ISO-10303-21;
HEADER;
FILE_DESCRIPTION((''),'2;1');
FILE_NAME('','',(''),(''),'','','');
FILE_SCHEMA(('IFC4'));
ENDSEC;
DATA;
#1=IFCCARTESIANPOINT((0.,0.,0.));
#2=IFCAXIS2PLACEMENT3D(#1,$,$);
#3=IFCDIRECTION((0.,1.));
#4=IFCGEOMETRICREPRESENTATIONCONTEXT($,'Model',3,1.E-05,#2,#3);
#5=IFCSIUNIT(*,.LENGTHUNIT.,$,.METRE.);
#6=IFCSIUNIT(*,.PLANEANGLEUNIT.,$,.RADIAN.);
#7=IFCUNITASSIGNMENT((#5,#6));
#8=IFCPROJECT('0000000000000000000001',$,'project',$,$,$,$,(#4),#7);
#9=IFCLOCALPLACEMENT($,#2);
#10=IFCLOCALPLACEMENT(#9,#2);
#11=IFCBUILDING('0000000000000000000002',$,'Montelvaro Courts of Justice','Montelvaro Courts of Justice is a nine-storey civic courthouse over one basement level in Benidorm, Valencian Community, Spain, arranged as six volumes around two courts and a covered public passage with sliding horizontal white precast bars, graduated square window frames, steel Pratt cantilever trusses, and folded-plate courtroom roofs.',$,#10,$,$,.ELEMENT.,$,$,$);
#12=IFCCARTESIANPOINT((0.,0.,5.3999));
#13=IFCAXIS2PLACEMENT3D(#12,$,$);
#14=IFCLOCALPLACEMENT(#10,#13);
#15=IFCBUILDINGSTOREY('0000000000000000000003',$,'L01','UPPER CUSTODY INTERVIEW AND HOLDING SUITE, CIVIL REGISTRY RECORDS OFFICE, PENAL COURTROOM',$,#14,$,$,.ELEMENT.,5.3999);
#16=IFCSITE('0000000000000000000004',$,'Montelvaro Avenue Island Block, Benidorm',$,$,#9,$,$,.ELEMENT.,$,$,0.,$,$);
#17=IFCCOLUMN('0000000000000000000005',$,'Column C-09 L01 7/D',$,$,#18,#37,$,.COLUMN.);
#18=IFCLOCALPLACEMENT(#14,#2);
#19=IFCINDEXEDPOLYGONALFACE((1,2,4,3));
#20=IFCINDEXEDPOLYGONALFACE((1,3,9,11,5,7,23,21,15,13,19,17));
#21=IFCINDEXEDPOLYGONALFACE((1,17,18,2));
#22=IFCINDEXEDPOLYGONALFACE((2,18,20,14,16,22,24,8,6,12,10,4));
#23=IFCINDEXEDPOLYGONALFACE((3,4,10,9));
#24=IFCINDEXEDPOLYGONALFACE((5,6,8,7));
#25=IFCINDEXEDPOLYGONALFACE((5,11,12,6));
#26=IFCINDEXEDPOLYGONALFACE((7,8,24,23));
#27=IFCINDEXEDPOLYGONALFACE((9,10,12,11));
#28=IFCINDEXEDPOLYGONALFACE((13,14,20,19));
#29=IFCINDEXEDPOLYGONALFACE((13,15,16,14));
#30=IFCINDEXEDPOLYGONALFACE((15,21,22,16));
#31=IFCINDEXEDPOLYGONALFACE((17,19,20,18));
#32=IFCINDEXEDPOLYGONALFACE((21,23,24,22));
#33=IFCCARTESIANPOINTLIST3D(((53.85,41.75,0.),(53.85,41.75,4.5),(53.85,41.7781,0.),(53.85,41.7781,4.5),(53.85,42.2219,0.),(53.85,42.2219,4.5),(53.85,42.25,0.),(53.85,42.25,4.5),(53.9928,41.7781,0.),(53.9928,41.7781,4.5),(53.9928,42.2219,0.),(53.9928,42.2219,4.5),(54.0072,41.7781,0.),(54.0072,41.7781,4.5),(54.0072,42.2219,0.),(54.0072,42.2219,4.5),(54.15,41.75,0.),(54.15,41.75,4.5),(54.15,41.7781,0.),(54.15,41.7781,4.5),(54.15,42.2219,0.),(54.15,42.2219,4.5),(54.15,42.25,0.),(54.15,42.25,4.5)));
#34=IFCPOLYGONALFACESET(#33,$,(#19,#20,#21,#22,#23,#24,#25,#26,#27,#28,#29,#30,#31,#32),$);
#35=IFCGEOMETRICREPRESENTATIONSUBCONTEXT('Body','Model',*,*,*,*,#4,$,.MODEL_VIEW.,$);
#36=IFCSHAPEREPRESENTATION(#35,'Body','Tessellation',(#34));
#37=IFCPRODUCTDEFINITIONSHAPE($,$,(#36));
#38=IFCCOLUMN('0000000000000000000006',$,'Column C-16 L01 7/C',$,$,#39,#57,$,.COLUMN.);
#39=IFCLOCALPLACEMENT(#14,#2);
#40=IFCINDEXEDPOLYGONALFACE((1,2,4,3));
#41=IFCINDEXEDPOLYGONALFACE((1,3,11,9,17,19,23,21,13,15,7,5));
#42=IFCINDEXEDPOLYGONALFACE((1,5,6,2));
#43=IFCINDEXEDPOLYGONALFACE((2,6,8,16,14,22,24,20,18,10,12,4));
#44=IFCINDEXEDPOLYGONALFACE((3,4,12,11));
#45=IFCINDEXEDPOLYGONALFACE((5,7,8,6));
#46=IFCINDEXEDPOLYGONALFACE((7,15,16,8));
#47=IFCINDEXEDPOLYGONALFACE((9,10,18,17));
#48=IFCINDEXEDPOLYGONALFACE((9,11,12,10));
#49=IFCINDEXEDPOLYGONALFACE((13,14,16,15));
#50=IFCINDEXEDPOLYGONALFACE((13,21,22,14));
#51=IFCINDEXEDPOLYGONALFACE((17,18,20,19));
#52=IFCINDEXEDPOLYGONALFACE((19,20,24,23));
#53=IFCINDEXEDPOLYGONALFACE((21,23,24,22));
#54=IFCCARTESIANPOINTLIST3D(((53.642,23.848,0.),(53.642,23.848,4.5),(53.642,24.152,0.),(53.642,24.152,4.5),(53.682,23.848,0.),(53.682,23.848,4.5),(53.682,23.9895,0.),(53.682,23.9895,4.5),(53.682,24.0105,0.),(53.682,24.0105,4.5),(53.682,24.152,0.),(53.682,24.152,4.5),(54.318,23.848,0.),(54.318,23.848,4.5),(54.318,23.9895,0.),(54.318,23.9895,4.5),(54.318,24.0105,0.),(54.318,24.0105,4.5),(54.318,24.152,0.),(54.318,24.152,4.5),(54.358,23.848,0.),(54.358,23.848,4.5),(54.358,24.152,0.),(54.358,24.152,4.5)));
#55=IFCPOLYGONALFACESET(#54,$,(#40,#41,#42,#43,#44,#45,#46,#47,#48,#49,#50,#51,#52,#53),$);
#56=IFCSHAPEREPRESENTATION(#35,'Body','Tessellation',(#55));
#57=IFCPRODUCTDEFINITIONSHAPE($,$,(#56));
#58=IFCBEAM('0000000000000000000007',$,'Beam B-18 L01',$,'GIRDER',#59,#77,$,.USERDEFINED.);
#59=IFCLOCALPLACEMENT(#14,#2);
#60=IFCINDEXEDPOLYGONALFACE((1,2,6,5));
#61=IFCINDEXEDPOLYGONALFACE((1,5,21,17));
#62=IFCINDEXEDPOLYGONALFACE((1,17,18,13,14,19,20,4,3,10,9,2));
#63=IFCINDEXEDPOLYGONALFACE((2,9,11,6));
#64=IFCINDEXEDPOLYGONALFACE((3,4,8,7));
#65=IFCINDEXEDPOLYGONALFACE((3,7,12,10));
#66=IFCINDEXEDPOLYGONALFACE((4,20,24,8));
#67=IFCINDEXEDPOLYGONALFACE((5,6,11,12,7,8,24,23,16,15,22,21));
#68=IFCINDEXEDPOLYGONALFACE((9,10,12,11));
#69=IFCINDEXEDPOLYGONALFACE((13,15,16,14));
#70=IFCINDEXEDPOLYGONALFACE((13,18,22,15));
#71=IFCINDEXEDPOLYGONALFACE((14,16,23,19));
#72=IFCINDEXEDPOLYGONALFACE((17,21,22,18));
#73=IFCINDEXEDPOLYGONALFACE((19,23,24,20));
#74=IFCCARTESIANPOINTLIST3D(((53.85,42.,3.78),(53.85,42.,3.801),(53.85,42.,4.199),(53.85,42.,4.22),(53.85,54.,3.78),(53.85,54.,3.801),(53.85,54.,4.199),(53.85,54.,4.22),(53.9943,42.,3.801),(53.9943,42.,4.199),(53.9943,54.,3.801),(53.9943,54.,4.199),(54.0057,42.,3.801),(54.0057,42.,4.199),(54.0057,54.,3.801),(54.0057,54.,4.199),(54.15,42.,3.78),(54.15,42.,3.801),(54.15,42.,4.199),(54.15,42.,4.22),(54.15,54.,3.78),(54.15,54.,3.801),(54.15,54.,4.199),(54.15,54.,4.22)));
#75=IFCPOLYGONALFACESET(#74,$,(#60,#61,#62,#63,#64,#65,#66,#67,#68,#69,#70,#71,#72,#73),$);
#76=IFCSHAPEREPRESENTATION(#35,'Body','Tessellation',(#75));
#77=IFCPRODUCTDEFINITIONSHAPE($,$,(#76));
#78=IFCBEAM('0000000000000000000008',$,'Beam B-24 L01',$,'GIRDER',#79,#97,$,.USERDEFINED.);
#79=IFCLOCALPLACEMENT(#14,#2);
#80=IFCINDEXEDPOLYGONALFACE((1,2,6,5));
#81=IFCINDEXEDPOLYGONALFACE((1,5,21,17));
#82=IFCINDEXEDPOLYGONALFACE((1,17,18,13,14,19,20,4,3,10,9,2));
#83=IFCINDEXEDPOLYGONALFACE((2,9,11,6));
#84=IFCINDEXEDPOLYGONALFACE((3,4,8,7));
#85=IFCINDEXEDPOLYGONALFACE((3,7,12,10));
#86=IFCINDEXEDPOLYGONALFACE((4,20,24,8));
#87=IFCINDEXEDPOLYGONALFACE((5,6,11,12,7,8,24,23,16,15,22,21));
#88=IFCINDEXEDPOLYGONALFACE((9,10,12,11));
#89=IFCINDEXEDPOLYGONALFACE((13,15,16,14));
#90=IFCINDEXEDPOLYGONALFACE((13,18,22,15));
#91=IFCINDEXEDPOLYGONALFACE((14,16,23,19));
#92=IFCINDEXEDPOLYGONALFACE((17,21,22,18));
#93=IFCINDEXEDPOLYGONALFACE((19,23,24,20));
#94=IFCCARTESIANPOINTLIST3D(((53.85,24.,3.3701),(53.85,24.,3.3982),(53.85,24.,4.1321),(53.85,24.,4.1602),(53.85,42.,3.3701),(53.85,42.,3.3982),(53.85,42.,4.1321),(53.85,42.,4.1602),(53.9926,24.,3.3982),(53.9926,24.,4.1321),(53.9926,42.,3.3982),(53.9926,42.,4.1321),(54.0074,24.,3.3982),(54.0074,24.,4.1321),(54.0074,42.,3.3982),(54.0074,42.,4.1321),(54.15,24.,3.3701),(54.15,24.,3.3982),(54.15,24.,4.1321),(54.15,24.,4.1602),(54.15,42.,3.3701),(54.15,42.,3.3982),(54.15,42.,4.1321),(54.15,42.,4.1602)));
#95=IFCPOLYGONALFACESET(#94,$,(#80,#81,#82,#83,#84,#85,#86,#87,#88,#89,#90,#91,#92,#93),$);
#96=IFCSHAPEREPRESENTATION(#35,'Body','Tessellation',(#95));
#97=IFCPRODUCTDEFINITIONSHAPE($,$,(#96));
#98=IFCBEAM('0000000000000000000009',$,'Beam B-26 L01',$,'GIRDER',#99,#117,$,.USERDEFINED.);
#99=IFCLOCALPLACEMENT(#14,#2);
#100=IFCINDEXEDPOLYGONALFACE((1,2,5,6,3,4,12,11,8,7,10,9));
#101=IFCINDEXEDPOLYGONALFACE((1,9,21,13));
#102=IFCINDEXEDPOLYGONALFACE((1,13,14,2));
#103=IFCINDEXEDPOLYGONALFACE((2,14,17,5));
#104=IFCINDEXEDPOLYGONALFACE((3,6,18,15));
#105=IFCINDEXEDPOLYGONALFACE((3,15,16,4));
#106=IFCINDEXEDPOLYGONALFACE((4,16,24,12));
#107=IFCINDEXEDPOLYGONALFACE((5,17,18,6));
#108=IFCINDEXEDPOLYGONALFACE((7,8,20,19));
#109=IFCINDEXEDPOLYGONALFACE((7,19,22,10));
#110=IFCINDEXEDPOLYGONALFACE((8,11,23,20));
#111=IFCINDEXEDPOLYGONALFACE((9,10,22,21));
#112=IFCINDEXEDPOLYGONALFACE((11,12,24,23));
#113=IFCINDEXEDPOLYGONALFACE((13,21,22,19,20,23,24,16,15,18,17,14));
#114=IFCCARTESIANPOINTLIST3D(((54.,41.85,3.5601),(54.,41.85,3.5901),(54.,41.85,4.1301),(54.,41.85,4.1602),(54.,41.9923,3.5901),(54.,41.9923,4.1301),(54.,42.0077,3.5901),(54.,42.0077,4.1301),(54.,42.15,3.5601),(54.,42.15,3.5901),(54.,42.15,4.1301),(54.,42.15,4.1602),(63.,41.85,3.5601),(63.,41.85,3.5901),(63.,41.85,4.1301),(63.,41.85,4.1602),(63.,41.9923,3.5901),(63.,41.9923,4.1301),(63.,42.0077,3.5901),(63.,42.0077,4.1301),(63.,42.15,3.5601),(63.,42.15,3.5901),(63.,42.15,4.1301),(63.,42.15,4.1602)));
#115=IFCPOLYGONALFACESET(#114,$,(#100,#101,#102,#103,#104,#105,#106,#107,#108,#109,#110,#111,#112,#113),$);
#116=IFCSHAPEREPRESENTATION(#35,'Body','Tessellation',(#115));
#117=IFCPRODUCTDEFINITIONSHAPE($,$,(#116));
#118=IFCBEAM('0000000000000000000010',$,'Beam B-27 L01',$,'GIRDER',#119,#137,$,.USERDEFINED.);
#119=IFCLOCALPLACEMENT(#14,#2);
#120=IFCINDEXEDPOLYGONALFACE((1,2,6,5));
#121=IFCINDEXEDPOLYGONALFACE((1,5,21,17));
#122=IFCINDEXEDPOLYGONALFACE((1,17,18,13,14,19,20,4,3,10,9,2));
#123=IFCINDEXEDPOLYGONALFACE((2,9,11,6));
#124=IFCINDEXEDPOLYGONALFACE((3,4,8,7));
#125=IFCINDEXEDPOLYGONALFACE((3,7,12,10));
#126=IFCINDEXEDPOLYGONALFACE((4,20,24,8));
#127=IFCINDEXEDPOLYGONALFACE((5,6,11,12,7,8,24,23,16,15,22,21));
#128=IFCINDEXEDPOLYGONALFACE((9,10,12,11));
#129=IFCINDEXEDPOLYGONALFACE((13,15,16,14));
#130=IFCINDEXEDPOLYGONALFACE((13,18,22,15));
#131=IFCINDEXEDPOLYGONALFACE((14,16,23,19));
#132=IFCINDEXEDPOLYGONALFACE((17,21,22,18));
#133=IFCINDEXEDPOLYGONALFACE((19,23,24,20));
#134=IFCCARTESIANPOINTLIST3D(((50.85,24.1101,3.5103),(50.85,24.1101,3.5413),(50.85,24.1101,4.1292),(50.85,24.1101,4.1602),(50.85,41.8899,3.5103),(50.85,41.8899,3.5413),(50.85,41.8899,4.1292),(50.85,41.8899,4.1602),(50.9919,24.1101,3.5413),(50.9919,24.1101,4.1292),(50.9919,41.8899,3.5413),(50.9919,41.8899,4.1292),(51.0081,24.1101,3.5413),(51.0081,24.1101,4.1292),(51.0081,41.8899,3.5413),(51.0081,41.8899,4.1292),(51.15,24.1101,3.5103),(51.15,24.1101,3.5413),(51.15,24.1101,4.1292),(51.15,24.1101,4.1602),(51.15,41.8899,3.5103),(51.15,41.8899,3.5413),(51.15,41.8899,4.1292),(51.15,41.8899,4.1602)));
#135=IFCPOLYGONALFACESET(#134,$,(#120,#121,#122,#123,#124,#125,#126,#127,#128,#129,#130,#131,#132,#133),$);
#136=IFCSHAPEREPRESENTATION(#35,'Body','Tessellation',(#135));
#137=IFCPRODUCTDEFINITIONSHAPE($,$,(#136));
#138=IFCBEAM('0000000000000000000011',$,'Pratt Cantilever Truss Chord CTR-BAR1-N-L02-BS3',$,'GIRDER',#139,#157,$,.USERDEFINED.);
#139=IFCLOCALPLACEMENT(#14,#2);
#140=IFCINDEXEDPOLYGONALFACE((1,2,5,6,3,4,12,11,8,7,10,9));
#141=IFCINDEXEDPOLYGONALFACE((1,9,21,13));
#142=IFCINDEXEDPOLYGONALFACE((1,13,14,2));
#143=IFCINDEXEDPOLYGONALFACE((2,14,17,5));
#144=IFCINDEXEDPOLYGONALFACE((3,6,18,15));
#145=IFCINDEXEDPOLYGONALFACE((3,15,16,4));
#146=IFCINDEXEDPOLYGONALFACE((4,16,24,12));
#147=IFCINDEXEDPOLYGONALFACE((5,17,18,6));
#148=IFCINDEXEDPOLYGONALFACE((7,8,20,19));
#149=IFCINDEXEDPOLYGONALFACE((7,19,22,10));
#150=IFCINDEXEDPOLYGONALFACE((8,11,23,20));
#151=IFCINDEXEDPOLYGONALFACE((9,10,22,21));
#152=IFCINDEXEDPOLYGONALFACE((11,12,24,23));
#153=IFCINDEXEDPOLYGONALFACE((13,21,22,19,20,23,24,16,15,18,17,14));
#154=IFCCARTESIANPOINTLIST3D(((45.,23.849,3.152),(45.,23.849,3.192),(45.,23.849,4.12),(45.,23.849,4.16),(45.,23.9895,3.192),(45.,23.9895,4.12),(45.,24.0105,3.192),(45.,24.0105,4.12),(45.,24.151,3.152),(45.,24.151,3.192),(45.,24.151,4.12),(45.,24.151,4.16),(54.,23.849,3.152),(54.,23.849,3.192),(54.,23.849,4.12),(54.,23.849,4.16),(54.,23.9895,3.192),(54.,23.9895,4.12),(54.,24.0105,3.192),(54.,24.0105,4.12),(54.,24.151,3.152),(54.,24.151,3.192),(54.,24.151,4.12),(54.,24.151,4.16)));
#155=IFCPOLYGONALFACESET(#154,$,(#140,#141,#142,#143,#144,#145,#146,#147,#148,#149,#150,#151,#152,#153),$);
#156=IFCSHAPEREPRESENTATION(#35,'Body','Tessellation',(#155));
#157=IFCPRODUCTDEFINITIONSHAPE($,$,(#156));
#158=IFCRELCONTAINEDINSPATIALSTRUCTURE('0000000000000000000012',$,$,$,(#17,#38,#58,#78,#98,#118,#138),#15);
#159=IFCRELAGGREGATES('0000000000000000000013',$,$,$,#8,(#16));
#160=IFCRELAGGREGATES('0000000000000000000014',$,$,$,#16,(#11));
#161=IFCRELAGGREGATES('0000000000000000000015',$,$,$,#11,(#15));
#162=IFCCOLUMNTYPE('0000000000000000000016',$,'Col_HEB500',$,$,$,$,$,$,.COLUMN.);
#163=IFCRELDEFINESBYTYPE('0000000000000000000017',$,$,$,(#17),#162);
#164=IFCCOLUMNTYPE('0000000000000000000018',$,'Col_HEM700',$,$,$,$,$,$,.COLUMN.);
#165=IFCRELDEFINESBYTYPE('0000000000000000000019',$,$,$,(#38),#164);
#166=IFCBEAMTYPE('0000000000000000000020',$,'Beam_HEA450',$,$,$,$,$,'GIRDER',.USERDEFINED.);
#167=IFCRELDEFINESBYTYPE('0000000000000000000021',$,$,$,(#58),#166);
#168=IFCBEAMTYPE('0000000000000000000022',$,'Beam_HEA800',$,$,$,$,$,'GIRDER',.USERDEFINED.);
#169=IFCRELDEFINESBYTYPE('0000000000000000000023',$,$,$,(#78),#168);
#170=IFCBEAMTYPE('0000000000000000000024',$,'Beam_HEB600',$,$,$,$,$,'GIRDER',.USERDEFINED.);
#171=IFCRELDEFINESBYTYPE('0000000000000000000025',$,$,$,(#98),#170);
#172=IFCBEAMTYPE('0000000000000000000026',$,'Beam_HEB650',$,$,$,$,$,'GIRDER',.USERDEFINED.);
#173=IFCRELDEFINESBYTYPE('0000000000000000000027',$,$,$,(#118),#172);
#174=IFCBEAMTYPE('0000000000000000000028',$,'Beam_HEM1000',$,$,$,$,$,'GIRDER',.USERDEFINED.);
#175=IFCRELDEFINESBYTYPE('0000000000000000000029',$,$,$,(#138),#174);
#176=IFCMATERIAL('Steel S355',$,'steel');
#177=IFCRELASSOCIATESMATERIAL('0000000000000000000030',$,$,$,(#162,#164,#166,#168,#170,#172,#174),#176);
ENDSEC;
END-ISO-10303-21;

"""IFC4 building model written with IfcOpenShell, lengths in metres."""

from ifc_helpers import new_model, si_unit, direction, frame, origin, origin_2d, place, context, subcontext, project, spatial, i_section, extrude, material, material_profile, profile_set, type_object, element, save


model = new_model("IFC4")

# Units and contexts
model_context = context("Model", 3, precision=1e-05, world=origin(), true_north=direction((0.0, 1.0)))
body_context = subcontext(model_context, "Body", "Model", "MODEL_VIEW")
ifc_project = project(units=[si_unit("LENGTHUNIT", "METRE"), si_unit("PLANEANGLEUNIT", "RADIAN")], contexts=[model_context])

# Site, building, storey
site_placement = place(None, origin())
site = spatial("IfcSite", under=ifc_project, at=site_placement, Name="Montelvaro Avenue Island Block, Benidorm", CompositionType="ELEMENT", RefElevation=0.0)
building_placement = place(site_placement, origin())
building = spatial("IfcBuilding", under=site, at=building_placement, Name="Montelvaro Courts of Justice", Description="Montelvaro Courts of Justice is a nine-storey civic courthouse over one basement level in Benidorm, Valencian Community, Spain, arranged as six volumes around two courts and a covered public passage with sliding horizontal white precast bars, graduated square window frames, steel Pratt cantilever trusses, and folded-plate courtroom roofs.", CompositionType="ELEMENT")
storey_placement = place(building_placement, frame((0.0, 0.0, 5.3999)))
storey = spatial("IfcBuildingStorey", under=building, at=storey_placement, Name="L01", Description="UPPER CUSTODY INTERVIEW AND HOLDING SUITE, CIVIL REGISTRY RECORDS OFFICE, PENAL COURTROOM", CompositionType="ELEMENT", Elevation=5.3999)

# Columns
ifc_material_1 = material(Name="Steel S355", Category="steel")
ifc_material_profile_1 = material_profile(ifc_material_1, i_section(OverallWidth=0.3, OverallDepth=0.5, WebThickness=0.0144, FlangeThickness=0.0281, at=origin_2d()), Name="HEB 500")
ifc_profile_set_1 = profile_set([ifc_material_profile_1], Name="Steel S355")
column_type_1 = type_object("IfcColumnType", Name="Col_HEB500", PredefinedType="COLUMN", material=ifc_profile_set_1)
column_1_placement = place(storey_placement, frame((54.0, 42.0, 0.0), z_axis=(0.0, 0.0, 1.0), x_axis=(1.0, 0.0, 0.0)))
element("IfcColumn", 1, at=column_1_placement, inside=storey, type_object=column_type_1, Name="Column C-09 L01 7/D", PredefinedType="COLUMN", context=body_context, shape_type="SweptSolid", body=[
    extrude(i_section(OverallWidth=0.3, OverallDepth=0.5, WebThickness=0.0144, FlangeThickness=0.0281, at=origin_2d()), origin(), (0.0, 0.0, 1.0), 4.5),
])
ifc_material_profile_2 = material_profile(ifc_material_1, i_section(OverallWidth=0.304, OverallDepth=0.7161, WebThickness=0.021, FlangeThickness=0.04, at=origin_2d()), Name="HEM 700")
ifc_profile_set_2 = profile_set([ifc_material_profile_2], Name="Steel S355")
column_type_2 = type_object("IfcColumnType", Name="Col_HEM700", PredefinedType="COLUMN", material=ifc_profile_set_2)
column_2_placement = place(storey_placement, frame((54.0, 24.0, 0.0), z_axis=(0.0, 0.0, 1.0), x_axis=(0.0, 1.0, 0.0)))
element("IfcColumn", 2, at=column_2_placement, inside=storey, type_object=column_type_2, Name="Column C-16 L01 7/C", PredefinedType="COLUMN", context=body_context, shape_type="SweptSolid", body=[
    extrude(i_section(OverallWidth=0.304, OverallDepth=0.7161, WebThickness=0.021, FlangeThickness=0.04, at=origin_2d()), origin(), (0.0, 0.0, 1.0), 4.5),
])

# Beams
ifc_material_profile_3 = material_profile(ifc_material_1, i_section(OverallWidth=0.3, OverallDepth=0.4399, WebThickness=0.0115, FlangeThickness=0.021, at=origin_2d()), Name="HEA 450")
ifc_profile_set_3 = profile_set([ifc_material_profile_3], Name="Steel S355")
beam_type_1 = type_object("IfcBeamType", Name="Beam_HEA450", ElementType="GIRDER", PredefinedType="USERDEFINED", material=ifc_profile_set_3)
beam_1_placement = place(storey_placement, frame((54.0, 42.0, 4.0), z_axis=(0.0, 1.0, 0.0), x_axis=(-1.0, 0.0, 0.0)))
element("IfcBeam", 3, at=beam_1_placement, inside=storey, type_object=beam_type_1, Name="Beam B-18 L01", ObjectType="GIRDER", PredefinedType="USERDEFINED", context=body_context, shape_type="SweptSolid", body=[
    extrude(i_section(OverallWidth=0.3, OverallDepth=0.4399, WebThickness=0.0115, FlangeThickness=0.021, at=origin_2d()), origin(), (0.0, 0.0, 1.0), 12.0),
])
ifc_material_profile_4 = material_profile(ifc_material_1, i_section(OverallWidth=0.3, OverallDepth=0.79, WebThickness=0.0149, FlangeThickness=0.0281, at=origin_2d()), Name="HEA 800")
ifc_profile_set_4 = profile_set([ifc_material_profile_4], Name="Steel S355")
beam_type_2 = type_object("IfcBeamType", Name="Beam_HEA800", ElementType="GIRDER", PredefinedType="USERDEFINED", material=ifc_profile_set_4)
beam_2_placement = place(storey_placement, frame((54.0, 24.0, 3.7651), z_axis=(0.0, 1.0, 0.0), x_axis=(-1.0, 0.0, 0.0)))
element("IfcBeam", 4, at=beam_2_placement, inside=storey, type_object=beam_type_2, Name="Beam B-24 L01", ObjectType="GIRDER", PredefinedType="USERDEFINED", context=body_context, shape_type="SweptSolid", body=[
    extrude(i_section(OverallWidth=0.3, OverallDepth=0.79, WebThickness=0.0149, FlangeThickness=0.0281, at=origin_2d()), origin(), (0.0, 0.0, 1.0), 18.0),
])
ifc_material_profile_5 = material_profile(ifc_material_1, i_section(OverallWidth=0.3, OverallDepth=0.6001, WebThickness=0.0154, FlangeThickness=0.03, at=origin_2d()), Name="HEB 600")
ifc_profile_set_5 = profile_set([ifc_material_profile_5], Name="Steel S355")
beam_type_3 = type_object("IfcBeamType", Name="Beam_HEB600", ElementType="GIRDER", PredefinedType="USERDEFINED", material=ifc_profile_set_5)
beam_3_placement = place(storey_placement, frame((54.0, 42.0, 3.8601), z_axis=(1.0, 0.0, 0.0), x_axis=(0.0, 1.0, 0.0)))
element("IfcBeam", 5, at=beam_3_placement, inside=storey, type_object=beam_type_3, Name="Beam B-26 L01", ObjectType="GIRDER", PredefinedType="USERDEFINED", context=body_context, shape_type="SweptSolid", body=[
    extrude(i_section(OverallWidth=0.3, OverallDepth=0.6001, WebThickness=0.0154, FlangeThickness=0.03, at=origin_2d()), origin(), (0.0, 0.0, 1.0), 9.0),
])
ifc_material_profile_6 = material_profile(ifc_material_1, i_section(OverallWidth=0.3, OverallDepth=0.6499, WebThickness=0.0161, FlangeThickness=0.031, at=origin_2d()), Name="HEB 650")
ifc_profile_set_6 = profile_set([ifc_material_profile_6], Name="Steel S355")
beam_type_4 = type_object("IfcBeamType", Name="Beam_HEB650", ElementType="GIRDER", PredefinedType="USERDEFINED", material=ifc_profile_set_6)
beam_4_placement = place(storey_placement, frame((51.0, 24.1101, 3.8352), z_axis=(0.0, 1.0, 0.0), x_axis=(-1.0, 0.0, 0.0)))
element("IfcBeam", 6, at=beam_4_placement, inside=storey, type_object=beam_type_4, Name="Beam B-27 L01", ObjectType="GIRDER", PredefinedType="USERDEFINED", context=body_context, shape_type="SweptSolid", body=[
    extrude(i_section(OverallWidth=0.3, OverallDepth=0.6499, WebThickness=0.0161, FlangeThickness=0.031, at=origin_2d()), origin(), (0.0, 0.0, 1.0), 17.7798),
])
ifc_material_profile_7 = material_profile(ifc_material_1, i_section(OverallWidth=0.302, OverallDepth=1.0081, WebThickness=0.021, FlangeThickness=0.04, at=origin_2d()), Name="HEM 1000")
ifc_profile_set_7 = profile_set([ifc_material_profile_7], Name="Steel S355")
beam_type_5 = type_object("IfcBeamType", Name="Beam_HEM1000", ElementType="GIRDER", PredefinedType="USERDEFINED", material=ifc_profile_set_7)
beam_5_placement = place(storey_placement, frame((54.0, 24.0, 3.656), z_axis=(-1.0, 0.0, 0.0), x_axis=(0.0, -1.0, 0.0)))
element("IfcBeam", 7, at=beam_5_placement, inside=storey, type_object=beam_type_5, Name="Pratt Cantilever Truss Chord CTR-BAR1-N-L02-BS3", ObjectType="GIRDER", PredefinedType="USERDEFINED", context=body_context, shape_type="SweptSolid", body=[
    extrude(i_section(OverallWidth=0.302, OverallDepth=1.0081, WebThickness=0.021, FlangeThickness=0.04, at=origin_2d()), origin(), (0.0, 0.0, 1.0), 9.0),
])

save(model, "model.ifc")
